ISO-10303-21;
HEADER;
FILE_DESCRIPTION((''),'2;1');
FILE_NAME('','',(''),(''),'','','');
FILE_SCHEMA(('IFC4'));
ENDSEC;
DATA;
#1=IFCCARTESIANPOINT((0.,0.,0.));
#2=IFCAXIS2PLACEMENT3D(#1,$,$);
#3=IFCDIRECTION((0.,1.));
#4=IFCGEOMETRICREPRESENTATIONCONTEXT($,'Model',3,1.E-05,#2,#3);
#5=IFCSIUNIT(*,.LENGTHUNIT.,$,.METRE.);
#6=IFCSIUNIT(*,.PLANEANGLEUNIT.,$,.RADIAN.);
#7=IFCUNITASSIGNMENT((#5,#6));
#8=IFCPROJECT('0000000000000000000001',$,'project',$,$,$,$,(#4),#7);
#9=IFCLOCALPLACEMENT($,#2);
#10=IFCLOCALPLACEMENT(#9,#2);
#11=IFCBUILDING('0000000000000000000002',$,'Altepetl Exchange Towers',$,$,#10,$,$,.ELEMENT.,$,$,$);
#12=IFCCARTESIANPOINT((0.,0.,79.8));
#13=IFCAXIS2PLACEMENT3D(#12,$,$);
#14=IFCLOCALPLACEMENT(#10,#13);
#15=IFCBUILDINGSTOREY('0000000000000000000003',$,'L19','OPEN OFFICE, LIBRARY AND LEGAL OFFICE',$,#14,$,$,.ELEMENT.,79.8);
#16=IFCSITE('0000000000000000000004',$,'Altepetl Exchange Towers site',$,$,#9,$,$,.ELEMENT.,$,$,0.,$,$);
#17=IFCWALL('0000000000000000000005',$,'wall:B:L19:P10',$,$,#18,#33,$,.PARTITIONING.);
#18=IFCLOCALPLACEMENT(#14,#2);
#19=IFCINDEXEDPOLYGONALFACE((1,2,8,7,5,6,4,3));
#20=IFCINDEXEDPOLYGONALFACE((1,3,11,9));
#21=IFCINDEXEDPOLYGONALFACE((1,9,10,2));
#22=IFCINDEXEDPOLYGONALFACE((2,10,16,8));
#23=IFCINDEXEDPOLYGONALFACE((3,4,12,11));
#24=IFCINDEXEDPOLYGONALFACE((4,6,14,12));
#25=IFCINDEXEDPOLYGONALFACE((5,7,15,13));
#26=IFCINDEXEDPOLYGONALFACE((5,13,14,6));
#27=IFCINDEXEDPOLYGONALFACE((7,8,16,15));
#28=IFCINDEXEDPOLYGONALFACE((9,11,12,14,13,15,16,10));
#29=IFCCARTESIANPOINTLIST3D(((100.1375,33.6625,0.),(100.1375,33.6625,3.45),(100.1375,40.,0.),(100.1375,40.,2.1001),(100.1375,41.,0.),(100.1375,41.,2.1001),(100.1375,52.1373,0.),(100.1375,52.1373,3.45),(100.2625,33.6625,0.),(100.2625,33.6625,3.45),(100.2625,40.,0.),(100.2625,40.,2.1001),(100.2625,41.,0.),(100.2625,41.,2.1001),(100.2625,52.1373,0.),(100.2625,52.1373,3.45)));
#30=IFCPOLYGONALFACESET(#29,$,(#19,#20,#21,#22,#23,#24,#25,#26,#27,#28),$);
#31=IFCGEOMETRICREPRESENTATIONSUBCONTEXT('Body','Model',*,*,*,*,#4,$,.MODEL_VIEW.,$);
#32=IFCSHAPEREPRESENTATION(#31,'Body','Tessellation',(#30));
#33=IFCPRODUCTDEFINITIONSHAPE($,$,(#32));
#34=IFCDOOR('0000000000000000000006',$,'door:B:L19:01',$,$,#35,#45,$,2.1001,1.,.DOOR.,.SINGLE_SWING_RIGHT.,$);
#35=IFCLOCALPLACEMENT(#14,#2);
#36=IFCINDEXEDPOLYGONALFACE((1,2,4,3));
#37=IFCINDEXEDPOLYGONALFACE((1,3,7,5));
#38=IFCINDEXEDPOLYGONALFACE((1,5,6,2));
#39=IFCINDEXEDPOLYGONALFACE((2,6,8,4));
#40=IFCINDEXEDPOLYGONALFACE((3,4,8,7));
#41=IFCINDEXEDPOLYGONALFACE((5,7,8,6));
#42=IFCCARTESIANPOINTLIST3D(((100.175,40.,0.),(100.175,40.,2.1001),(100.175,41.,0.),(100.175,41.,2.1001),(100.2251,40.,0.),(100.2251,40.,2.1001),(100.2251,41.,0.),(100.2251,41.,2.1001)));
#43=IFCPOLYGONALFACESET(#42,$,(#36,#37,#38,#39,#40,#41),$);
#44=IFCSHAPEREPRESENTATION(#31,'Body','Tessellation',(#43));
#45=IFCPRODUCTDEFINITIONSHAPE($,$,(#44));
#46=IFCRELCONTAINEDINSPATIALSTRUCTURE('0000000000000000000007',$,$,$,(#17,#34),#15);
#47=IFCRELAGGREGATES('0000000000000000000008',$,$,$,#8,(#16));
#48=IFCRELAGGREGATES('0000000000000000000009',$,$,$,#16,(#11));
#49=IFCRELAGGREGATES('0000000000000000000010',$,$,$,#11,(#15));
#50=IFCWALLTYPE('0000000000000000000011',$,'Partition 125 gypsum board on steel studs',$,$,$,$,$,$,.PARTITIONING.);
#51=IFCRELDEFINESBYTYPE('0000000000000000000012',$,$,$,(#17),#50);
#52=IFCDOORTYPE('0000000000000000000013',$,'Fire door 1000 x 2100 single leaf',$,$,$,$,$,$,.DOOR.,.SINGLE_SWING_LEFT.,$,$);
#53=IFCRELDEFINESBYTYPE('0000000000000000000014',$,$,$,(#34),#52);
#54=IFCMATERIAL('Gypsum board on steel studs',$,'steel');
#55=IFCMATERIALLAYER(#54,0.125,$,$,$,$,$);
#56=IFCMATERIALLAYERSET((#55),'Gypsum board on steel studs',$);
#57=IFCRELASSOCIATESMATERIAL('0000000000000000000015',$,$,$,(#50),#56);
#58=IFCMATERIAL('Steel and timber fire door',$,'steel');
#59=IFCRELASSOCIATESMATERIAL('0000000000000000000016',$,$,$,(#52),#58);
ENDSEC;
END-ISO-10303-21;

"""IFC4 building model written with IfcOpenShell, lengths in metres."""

from ifc_helpers import new_model, si_unit, direction, frame, frame_2d, origin, place, context, subcontext, project, spatial, rectangle, extrude, material, layer, layer_set, type_object, element, fill, save


model = new_model("IFC4")

# Units and contexts
model_context = context("Model", 3, precision=1e-05, world=origin(), true_north=direction((0.0, 1.0)))
body_context = subcontext(model_context, "Body", "Model", "MODEL_VIEW")
ifc_project = project(units=[si_unit("LENGTHUNIT", "METRE"), si_unit("PLANEANGLEUNIT", "RADIAN")], contexts=[model_context])

# Site, building, storey
site_placement = place(None, origin())
site = spatial("IfcSite", under=ifc_project, at=site_placement, Name="Altepetl Exchange Towers site", CompositionType="ELEMENT", RefElevation=0.0)
building_placement = place(site_placement, origin())
building = spatial("IfcBuilding", under=site, at=building_placement, Name="Altepetl Exchange Towers", CompositionType="ELEMENT")
storey_placement = place(building_placement, frame((0.0, 0.0, 79.8)))
storey = spatial("IfcBuildingStorey", under=building, at=storey_placement, Name="L19", Description="OPEN OFFICE, LIBRARY AND LEGAL OFFICE", CompositionType="ELEMENT", Elevation=79.8)

# Shared definitions
ifc_material_1 = material(Name="Gypsum board on steel studs", Category="steel")
ifc_layer_1 = layer(ifc_material_1, 0.125)
ifc_layer_set_1 = layer_set([ifc_layer_1], Name="Gypsum board on steel studs")
wall_type = type_object("IfcWallType", Name="Partition 125 gypsum board on steel studs", PredefinedType="PARTITIONING", material=ifc_layer_set_1)
ifc_material_2 = material(Name="Steel and timber fire door", Category="steel")
door_type = type_object("IfcDoorType", Name="Fire door 1000 x 2100 single leaf", OperationType="SINGLE_SWING_LEFT", PredefinedType="DOOR", material=ifc_material_2)

# Wall, opening, door
wall_1_placement = place(storey_placement, frame((100.2, 33.6626, 0.0), z_axis=(0.0, 0.0, 1.0), x_axis=(0.0, 1.0, 0.0)))
wall_1 = element("IfcWall", 1, at=wall_1_placement, inside=storey, type_object=wall_type, Name="wall:B:L19:P10", PredefinedType="PARTITIONING", context=body_context, shape_type="SweptSolid", body=[
    extrude(rectangle(XDim=18.4749, YDim=0.125, at=frame_2d((9.2373, 0.0))), origin(), (0.0, 0.0, 1.0), 3.45),
])
opening_1_placement = place(wall_1_placement, frame((6.3374, 0.0, 0.0)))
opening_1 = element("IfcOpeningElement", 2, at=opening_1_placement, cuts=wall_1, PredefinedType="OPENING", context=body_context, shape_type="SweptSolid", body=[
    extrude(rectangle(XDim=1.0, YDim=2.1001, at=frame_2d((0.5, 1.05))), frame((0.0, 0.0725, 0.0), z_axis=(0.0, -1.0, 0.0), x_axis=(1.0, 0.0, 0.0)), (0.0, 0.0, 1.0), 0.145),
])
door_1_placement = place(opening_1_placement, origin())
door_1 = element("IfcDoor", 3, at=door_1_placement, inside=storey, type_object=door_type, Name="door:B:L19:01", OperationType="SINGLE_SWING_RIGHT", OverallHeight=2.1001, OverallWidth=1.0, PredefinedType="DOOR", context=body_context, shape_type="SweptSolid", body=[
    extrude(rectangle(XDim=1.0, YDim=2.1001, at=frame_2d((0.5, 1.05))), frame((0.0, 0.0249, 0.0), z_axis=(0.0, -1.0, 0.0), x_axis=(1.0, 0.0, 0.0)), (0.0, 0.0, 1.0), 0.05),
])
fill(opening_1, door_1)

save(model, "model.ifc")
